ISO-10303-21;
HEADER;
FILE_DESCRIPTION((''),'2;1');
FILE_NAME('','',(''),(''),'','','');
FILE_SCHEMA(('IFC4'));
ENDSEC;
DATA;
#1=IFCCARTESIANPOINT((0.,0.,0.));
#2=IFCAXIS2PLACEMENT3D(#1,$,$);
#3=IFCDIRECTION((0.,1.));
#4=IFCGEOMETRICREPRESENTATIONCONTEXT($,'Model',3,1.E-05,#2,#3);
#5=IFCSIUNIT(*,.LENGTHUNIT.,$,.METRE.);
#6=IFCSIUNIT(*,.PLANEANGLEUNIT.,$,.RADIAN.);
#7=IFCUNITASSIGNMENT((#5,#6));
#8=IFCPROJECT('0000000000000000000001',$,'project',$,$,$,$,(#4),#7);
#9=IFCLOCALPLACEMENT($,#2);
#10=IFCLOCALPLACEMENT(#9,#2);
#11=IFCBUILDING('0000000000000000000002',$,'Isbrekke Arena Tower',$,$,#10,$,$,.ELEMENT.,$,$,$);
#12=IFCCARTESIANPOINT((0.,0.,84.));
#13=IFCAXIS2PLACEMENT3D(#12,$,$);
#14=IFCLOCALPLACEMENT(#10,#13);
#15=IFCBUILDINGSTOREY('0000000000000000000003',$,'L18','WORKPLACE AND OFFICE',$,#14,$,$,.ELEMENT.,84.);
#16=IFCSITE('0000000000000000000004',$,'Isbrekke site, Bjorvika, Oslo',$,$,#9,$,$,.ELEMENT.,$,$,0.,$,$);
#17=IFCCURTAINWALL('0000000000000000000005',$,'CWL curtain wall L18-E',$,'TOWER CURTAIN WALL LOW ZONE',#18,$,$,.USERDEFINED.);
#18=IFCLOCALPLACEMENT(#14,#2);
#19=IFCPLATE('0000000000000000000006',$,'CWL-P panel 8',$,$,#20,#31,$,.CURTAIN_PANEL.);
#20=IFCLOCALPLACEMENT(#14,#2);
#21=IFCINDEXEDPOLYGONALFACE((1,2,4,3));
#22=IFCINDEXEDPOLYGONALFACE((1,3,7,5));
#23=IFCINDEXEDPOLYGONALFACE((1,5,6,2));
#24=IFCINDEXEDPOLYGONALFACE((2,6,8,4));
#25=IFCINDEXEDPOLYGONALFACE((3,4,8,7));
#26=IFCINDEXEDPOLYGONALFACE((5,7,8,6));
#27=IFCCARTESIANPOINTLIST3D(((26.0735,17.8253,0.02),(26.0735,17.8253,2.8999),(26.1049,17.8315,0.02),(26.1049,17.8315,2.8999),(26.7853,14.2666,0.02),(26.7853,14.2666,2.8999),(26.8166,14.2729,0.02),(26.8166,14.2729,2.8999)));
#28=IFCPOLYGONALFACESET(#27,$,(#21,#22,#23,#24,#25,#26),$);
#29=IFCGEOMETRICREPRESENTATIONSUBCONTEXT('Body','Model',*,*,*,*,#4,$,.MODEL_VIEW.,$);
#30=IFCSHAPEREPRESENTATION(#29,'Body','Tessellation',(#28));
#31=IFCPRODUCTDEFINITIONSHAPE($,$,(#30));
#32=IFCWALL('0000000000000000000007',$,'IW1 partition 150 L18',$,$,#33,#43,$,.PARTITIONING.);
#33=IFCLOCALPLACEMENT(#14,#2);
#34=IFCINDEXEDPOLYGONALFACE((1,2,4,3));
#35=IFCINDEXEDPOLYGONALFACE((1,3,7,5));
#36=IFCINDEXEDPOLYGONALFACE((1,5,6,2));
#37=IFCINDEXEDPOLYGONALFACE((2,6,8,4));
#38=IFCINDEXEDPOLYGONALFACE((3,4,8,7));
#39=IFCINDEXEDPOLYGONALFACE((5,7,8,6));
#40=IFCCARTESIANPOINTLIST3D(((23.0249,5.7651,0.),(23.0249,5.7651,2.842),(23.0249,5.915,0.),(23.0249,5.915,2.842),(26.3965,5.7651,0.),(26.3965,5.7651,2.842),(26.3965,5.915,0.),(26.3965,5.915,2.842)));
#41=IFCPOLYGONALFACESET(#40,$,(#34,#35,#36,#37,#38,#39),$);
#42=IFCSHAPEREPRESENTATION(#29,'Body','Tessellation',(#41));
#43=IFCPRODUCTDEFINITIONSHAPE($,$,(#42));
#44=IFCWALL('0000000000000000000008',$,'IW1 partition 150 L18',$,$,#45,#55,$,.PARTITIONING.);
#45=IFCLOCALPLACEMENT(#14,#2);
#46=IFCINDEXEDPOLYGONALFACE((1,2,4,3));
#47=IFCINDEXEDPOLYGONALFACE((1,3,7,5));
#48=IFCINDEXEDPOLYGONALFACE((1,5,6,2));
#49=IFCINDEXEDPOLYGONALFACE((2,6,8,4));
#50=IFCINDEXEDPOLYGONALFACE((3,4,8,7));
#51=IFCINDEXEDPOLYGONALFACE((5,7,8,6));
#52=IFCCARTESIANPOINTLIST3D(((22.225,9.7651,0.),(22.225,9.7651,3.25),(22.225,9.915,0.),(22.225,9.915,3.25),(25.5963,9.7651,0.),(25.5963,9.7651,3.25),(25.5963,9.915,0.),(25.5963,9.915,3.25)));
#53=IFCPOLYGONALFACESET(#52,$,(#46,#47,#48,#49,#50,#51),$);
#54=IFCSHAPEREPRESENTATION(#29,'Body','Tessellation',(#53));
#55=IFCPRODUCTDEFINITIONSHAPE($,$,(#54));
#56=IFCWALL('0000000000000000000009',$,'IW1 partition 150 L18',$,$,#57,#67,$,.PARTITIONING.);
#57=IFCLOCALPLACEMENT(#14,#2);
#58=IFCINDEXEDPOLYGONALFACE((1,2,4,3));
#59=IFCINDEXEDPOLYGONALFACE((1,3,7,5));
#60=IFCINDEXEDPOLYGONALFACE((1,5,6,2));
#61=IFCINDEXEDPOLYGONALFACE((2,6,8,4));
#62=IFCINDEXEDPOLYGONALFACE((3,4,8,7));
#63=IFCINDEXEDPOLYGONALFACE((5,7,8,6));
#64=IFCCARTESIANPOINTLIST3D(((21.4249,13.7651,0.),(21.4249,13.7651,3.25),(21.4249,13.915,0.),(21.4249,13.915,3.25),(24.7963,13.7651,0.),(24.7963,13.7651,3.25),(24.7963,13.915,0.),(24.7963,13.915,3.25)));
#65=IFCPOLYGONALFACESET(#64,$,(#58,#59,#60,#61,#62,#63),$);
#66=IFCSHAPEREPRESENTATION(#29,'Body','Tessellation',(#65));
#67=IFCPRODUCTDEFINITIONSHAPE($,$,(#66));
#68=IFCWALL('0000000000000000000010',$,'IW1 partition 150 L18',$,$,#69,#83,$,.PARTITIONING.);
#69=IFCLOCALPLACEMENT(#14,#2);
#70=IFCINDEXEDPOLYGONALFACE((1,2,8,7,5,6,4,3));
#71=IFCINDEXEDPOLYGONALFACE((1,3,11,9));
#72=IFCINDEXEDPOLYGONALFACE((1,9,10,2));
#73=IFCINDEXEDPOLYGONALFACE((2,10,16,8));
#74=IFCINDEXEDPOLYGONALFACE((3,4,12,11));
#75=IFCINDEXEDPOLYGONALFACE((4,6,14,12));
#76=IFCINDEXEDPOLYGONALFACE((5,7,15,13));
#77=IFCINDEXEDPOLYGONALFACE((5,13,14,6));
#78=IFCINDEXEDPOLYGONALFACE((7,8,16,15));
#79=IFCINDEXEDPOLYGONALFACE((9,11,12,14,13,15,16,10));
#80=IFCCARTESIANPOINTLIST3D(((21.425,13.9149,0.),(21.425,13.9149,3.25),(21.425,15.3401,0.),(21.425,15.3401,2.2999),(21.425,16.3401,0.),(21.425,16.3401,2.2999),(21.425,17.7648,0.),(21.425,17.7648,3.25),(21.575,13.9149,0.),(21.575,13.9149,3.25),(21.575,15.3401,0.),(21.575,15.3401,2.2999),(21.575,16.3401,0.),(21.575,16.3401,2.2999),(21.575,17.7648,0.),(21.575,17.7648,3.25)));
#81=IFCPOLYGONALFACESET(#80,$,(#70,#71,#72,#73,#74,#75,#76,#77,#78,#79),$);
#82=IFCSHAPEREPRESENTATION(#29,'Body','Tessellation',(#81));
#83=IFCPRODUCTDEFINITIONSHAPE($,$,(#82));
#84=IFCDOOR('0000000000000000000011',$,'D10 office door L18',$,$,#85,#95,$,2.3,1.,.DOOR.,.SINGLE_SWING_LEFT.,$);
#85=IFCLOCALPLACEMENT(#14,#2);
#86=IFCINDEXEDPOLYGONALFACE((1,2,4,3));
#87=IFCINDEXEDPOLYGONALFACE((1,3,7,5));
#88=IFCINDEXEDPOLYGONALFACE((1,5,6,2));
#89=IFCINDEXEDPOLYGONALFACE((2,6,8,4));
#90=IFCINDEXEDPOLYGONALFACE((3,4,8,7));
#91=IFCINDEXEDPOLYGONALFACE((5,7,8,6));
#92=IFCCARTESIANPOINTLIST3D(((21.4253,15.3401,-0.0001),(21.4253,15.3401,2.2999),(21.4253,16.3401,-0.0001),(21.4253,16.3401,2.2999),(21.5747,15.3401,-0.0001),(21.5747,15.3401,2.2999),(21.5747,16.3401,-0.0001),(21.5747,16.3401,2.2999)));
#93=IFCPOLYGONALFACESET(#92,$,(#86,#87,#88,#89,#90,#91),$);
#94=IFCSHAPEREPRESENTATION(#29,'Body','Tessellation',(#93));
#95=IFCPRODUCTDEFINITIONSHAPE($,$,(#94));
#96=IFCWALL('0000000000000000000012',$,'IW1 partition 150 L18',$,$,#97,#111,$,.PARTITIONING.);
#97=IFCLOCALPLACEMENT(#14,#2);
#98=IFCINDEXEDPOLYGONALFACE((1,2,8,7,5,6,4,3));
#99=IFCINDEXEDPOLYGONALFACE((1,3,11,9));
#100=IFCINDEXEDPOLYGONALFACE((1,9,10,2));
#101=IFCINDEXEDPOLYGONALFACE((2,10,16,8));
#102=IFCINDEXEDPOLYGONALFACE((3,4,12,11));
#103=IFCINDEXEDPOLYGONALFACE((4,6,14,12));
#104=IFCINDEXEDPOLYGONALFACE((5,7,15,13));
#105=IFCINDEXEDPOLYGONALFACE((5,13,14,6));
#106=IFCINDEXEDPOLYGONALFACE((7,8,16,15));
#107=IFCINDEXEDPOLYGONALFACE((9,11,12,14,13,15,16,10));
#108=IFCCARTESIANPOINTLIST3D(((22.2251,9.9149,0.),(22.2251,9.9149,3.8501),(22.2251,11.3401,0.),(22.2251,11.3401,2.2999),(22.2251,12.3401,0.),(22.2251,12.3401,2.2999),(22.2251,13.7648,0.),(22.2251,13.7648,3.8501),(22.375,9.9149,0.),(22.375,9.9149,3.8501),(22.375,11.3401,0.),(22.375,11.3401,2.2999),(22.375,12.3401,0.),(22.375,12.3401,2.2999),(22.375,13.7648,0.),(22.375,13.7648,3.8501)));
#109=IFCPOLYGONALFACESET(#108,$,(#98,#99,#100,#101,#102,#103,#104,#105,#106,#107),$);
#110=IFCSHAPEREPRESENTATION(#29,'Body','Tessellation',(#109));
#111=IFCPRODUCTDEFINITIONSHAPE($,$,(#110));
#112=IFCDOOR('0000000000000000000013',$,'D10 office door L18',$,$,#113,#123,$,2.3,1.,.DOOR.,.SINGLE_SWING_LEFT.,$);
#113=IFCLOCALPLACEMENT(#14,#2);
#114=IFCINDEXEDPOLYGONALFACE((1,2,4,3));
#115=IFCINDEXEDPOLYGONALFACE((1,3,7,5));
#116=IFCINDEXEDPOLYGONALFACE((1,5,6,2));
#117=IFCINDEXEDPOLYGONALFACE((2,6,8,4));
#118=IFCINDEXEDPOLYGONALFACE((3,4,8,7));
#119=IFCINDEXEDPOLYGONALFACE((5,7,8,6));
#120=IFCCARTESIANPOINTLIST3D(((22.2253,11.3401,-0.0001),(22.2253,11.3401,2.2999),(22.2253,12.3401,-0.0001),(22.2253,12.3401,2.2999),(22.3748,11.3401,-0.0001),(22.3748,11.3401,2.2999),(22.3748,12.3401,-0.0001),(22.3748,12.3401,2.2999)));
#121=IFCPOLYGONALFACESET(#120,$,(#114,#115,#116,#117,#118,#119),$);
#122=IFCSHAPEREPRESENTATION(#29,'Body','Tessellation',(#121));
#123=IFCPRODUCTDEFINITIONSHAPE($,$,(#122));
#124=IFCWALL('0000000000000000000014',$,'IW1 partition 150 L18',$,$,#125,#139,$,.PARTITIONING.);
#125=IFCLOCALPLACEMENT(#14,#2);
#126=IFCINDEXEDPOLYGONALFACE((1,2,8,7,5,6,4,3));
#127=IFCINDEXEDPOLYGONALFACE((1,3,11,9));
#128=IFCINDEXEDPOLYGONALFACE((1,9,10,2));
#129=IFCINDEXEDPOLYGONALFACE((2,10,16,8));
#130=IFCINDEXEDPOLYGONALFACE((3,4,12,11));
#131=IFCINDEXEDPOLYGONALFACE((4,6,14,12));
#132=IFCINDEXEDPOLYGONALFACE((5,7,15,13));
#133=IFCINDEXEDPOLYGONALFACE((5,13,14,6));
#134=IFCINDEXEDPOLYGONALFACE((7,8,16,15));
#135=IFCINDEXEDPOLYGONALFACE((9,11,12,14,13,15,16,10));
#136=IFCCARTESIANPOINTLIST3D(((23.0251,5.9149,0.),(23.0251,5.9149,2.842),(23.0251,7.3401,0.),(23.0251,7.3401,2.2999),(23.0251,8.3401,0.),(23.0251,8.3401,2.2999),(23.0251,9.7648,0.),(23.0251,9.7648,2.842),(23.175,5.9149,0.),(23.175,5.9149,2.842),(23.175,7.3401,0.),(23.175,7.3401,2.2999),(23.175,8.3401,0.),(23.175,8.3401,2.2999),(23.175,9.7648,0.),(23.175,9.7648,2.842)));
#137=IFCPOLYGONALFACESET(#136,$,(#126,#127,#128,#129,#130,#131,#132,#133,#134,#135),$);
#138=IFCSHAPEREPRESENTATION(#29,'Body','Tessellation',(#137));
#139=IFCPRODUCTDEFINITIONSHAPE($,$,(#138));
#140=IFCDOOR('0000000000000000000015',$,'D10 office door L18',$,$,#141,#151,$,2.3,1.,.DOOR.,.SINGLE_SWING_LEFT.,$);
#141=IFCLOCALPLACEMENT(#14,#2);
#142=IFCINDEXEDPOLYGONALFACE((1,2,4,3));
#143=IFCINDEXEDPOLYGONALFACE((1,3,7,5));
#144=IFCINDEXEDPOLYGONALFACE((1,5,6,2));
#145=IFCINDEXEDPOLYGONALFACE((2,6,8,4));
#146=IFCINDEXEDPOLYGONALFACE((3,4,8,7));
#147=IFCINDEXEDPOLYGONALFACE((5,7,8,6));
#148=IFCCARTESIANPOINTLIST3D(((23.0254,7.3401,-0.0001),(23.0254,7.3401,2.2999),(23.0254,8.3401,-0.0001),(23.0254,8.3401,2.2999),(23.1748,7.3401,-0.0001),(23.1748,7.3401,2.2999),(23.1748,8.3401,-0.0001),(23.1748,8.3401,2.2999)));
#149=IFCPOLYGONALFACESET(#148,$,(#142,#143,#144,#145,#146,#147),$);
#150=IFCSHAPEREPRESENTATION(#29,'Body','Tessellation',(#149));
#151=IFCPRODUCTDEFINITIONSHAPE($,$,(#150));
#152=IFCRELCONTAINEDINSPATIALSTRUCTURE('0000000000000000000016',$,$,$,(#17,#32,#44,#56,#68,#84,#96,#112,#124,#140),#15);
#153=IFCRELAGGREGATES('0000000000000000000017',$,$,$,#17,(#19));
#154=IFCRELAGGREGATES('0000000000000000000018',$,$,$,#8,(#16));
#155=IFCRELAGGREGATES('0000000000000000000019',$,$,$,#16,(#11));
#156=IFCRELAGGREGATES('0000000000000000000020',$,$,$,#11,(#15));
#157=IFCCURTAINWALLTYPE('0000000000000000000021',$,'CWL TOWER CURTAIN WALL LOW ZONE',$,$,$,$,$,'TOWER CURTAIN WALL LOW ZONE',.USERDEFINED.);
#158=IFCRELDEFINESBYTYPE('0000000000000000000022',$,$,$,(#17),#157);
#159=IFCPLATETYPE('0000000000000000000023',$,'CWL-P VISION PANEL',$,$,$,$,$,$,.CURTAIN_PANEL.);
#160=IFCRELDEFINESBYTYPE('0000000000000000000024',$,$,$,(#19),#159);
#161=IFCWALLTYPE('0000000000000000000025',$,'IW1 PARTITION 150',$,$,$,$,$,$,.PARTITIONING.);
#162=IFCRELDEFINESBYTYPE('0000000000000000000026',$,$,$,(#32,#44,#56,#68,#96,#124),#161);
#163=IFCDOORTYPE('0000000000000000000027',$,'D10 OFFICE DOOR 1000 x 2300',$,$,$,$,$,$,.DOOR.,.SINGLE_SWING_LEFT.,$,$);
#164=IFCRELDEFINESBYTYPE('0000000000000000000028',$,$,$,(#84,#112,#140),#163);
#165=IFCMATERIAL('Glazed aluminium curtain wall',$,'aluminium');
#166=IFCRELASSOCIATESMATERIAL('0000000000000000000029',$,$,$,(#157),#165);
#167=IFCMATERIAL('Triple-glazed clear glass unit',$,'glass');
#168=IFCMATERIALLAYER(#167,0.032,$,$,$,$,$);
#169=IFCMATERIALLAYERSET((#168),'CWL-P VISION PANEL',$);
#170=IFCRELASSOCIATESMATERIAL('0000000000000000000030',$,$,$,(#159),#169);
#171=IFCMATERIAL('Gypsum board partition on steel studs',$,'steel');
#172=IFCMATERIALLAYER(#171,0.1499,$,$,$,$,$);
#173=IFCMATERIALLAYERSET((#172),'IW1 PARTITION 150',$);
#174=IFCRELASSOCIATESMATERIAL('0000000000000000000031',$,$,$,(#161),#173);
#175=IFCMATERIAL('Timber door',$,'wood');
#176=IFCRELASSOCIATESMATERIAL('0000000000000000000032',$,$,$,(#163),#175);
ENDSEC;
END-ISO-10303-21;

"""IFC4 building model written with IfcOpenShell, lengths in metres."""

from ifc_helpers import new_model, si_unit, direction, frame, frame_2d, origin, origin_2d, place, context, subcontext, project, spatial, rectangle, extrude, material, layer, layer_set, type_object, element, fill, aggregate, save


model = new_model("IFC4")

# Units and contexts
model_context = context("Model", 3, precision=1e-05, world=origin(), true_north=direction((0.0, 1.0)))
body_context = subcontext(model_context, "Body", "Model", "MODEL_VIEW")
ifc_project = project(units=[si_unit("LENGTHUNIT", "METRE"), si_unit("PLANEANGLEUNIT", "RADIAN")], contexts=[model_context])

# Site, building, storey
site_placement = place(None, origin())
site = spatial("IfcSite", under=ifc_project, at=site_placement, Name="Isbrekke site, Bjorvika, Oslo", CompositionType="ELEMENT", RefElevation=0.0)
building_placement = place(site_placement, origin())
building = spatial("IfcBuilding", under=site, at=building_placement, Name="Isbrekke Arena Tower", CompositionType="ELEMENT")
storey_placement = place(building_placement, frame((0.0, 0.0, 84.0)))
storey = spatial("IfcBuildingStorey", under=building, at=storey_placement, Name="L18", Description="WORKPLACE AND OFFICE", CompositionType="ELEMENT", Elevation=84.0)

# Curtain wall
ifc_material_1 = material(Name="Glazed aluminium curtain wall", Category="aluminium")
curtain_wall_type = type_object("IfcCurtainWallType", Name="CWL TOWER CURTAIN WALL LOW ZONE", ElementType="TOWER CURTAIN WALL LOW ZONE", PredefinedType="USERDEFINED", material=ifc_material_1)
curtain_wall_placement = place(storey_placement, origin())
curtain_wall = element("IfcCurtainWall", 1, at=curtain_wall_placement, inside=storey, type_object=curtain_wall_type, Name="CWL curtain wall L18-E", ObjectType="TOWER CURTAIN WALL LOW ZONE", PredefinedType="USERDEFINED")

# Plate
ifc_material_2 = material(Name="Triple-glazed clear glass unit", Category="glass")
ifc_layer_1 = layer(ifc_material_2, 0.032)
ifc_layer_set_1 = layer_set([ifc_layer_1], Name="CWL-P VISION PANEL")
plate_type = type_object("IfcPlateType", Name="CWL-P VISION PANEL", PredefinedType="CURTAIN_PANEL", material=ifc_layer_set_1)
plate_1_placement = place(storey_placement, frame((26.4451, 16.0491, 0.02), z_axis=(0.0, 0.0, 1.0), x_axis=(-0.196116, 0.980581, 0.0)))
plate_1 = element("IfcPlate", 2, at=plate_1_placement, type_object=plate_type, Name="CWL-P panel 8", PredefinedType="CURTAIN_PANEL", context=body_context, shape_type="SweptSolid", body=[
    extrude(rectangle(XDim=3.6292, YDim=0.032, at=origin_2d()), origin(), (0.0, 0.0, 1.0), 2.8799),
])
aggregate(curtain_wall, [plate_1])

# Walls
ifc_material_3 = material(Name="Gypsum board partition on steel studs", Category="steel")
ifc_layer_2 = layer(ifc_material_3, 0.1499)
ifc_layer_set_2 = layer_set([ifc_layer_2], Name="IW1 PARTITION 150")
wall_type = type_object("IfcWallType", Name="IW1 PARTITION 150", PredefinedType="PARTITIONING", material=ifc_layer_set_2)
wall_1_placement = place(storey_placement, frame((23.0249, 5.8401, 0.0), z_axis=(0.0, 0.0, 1.0), x_axis=(1.0, 0.0, 0.0)))
element("IfcWall", 3, at=wall_1_placement, inside=storey, type_object=wall_type, Name="IW1 partition 150 L18", PredefinedType="PARTITIONING", context=body_context, shape_type="SweptSolid", body=[
    extrude(rectangle(XDim=3.3716, YDim=0.1499, at=frame_2d((1.6858, 0.0))), origin(), (0.0, 0.0, 1.0), 2.842),
])
for number, where, z_axis, x_axis, name in (
    (4, (22.2251, 9.8401, 0.0), (0.0, 0.0, 1.0), (1.0, 0.0, 0.0), "IW1 partition 150 L18"),
    (5, (21.425, 13.8401, 0.0), (0.0, 0.0, 1.0), (1.0, 0.0, 0.0), "IW1 partition 150 L18"),
):
    element("IfcWall", number, at=place(storey_placement, frame(where, z_axis=z_axis, x_axis=x_axis)), inside=storey, type_object=wall_type, Name=name, PredefinedType="PARTITIONING", context=body_context, shape_type="SweptSolid", body=[
        extrude(rectangle(XDim=3.3713, YDim=0.1499, at=frame_2d((1.6855, 0.0))), origin(), (0.0, 0.0, 1.0), 3.25),
    ])

# Walls, openings, doors
wall_2_placement = place(storey_placement, frame((21.5, 13.915, 0.0), z_axis=(0.0, 0.0, 1.0), x_axis=(0.0, 1.0, 0.0)))
wall_2 = element("IfcWall", 6, at=wall_2_placement, inside=storey, type_object=wall_type, Name="IW1 partition 150 L18", PredefinedType="PARTITIONING", context=body_context, shape_type="SweptSolid", body=[
    extrude(rectangle(XDim=3.8499, YDim=0.1499, at=frame_2d((1.9248, 0.0))), origin(), (0.0, 0.0, 1.0), 3.25),
])
opening_1_placement = place(wall_2_placement, frame((1.425, 0.0, 0.0)))
opening_1 = element("IfcOpeningElement", 7, at=opening_1_placement, cuts=wall_2, PredefinedType="OPENING", context=body_context, shape_type="SweptSolid", body=[
    extrude(rectangle(XDim=1.0, YDim=2.3, at=frame_2d((0.5, 1.1499))), frame((0.0, 0.0898, 0.0), z_axis=(0.0, -1.0, 0.0), x_axis=(1.0, 0.0, 0.0)), (0.0, 0.0, 1.0), 0.1797),
])
ifc_material_4 = material(Name="Timber door", Category="wood")
door_type = type_object("IfcDoorType", Name="D10 OFFICE DOOR 1000 x 2300", OperationType="SINGLE_SWING_LEFT", PredefinedType="DOOR", material=ifc_material_4)
door_1_placement = place(opening_1_placement, origin())
door_1 = element("IfcDoor", 8, at=door_1_placement, inside=storey, type_object=door_type, Name="D10 office door L18", OperationType="SINGLE_SWING_LEFT", OverallHeight=2.3, OverallWidth=1.0, PredefinedType="DOOR", context=body_context, shape_type="SweptSolid", body=[
    extrude(rectangle(XDim=1.0, YDim=2.3, at=frame_2d((0.5, 1.1499))), frame((0.0, 0.0747, 0.0), z_axis=(0.0, -1.0, 0.0), x_axis=(1.0, 0.0, 0.0)), (0.0, 0.0, 1.0), 0.1494),
])
fill(opening_1, door_1)
wall_3_placement = place(storey_placement, frame((22.3, 9.915, 0.0), z_axis=(0.0, 0.0, 1.0), x_axis=(0.0, 1.0, 0.0)))
wall_3 = element("IfcWall", 9, at=wall_3_placement, inside=storey, type_object=wall_type, Name="IW1 partition 150 L18", PredefinedType="PARTITIONING", context=body_context, shape_type="SweptSolid", body=[
    extrude(rectangle(XDim=3.8499, YDim=0.1499, at=frame_2d((1.9248, 0.0))), origin(), (0.0, 0.0, 1.0), 3.8501),
])
opening_2_placement = place(wall_3_placement, frame((1.425, 0.0, 0.0)))
opening_2 = element("IfcOpeningElement", 10, at=opening_2_placement, cuts=wall_3, PredefinedType="OPENING", context=body_context, shape_type="SweptSolid", body=[
    extrude(rectangle(XDim=1.0, YDim=2.3, at=frame_2d((0.5, 1.1499))), frame((0.0, 0.0898, 0.0), z_axis=(0.0, -1.0, 0.0), x_axis=(1.0, 0.0, 0.0)), (0.0, 0.0, 1.0), 0.1797),
])
door_2_placement = place(opening_2_placement, origin())
door_2 = element("IfcDoor", 11, at=door_2_placement, inside=storey, type_object=door_type, Name="D10 office door L18", OperationType="SINGLE_SWING_LEFT", OverallHeight=2.3, OverallWidth=1.0, PredefinedType="DOOR", context=body_context, shape_type="SweptSolid", body=[
    extrude(rectangle(XDim=1.0, YDim=2.3, at=frame_2d((0.5, 1.1499))), frame((0.0, 0.0747, 0.0), z_axis=(0.0, -1.0, 0.0), x_axis=(1.0, 0.0, 0.0)), (0.0, 0.0, 1.0), 0.1494),
])
fill(opening_2, door_2)
wall_4_placement = place(storey_placement, frame((23.1001, 5.915, 0.0), z_axis=(0.0, 0.0, 1.0), x_axis=(0.0, 1.0, 0.0)))
wall_4 = element("IfcWall", 12, at=wall_4_placement, inside=storey, type_object=wall_type, Name="IW1 partition 150 L18", PredefinedType="PARTITIONING", context=body_context, shape_type="SweptSolid", body=[
    extrude(rectangle(XDim=3.8499, YDim=0.1499, at=frame_2d((1.9248, 0.0))), origin(), (0.0, 0.0, 1.0), 2.842),
])
opening_3_placement = place(wall_4_placement, frame((1.425, 0.0, 0.0)))
opening_3 = element("IfcOpeningElement", 13, at=opening_3_placement, cuts=wall_4, PredefinedType="OPENING", context=body_context, shape_type="SweptSolid", body=[
    extrude(rectangle(XDim=1.0, YDim=2.3, at=frame_2d((0.5, 1.1499))), frame((0.0, 0.0898, 0.0), z_axis=(0.0, -1.0, 0.0), x_axis=(1.0, 0.0, 0.0)), (0.0, 0.0, 1.0), 0.1797),
])
door_3_placement = place(opening_3_placement, origin())
door_3 = element("IfcDoor", 14, at=door_3_placement, inside=storey, type_object=door_type, Name="D10 office door L18", OperationType="SINGLE_SWING_LEFT", OverallHeight=2.3, OverallWidth=1.0, PredefinedType="DOOR", context=body_context, shape_type="SweptSolid", body=[
    extrude(rectangle(XDim=1.0, YDim=2.3, at=frame_2d((0.5, 1.1499))), frame((0.0, 0.0747, 0.0), z_axis=(0.0, -1.0, 0.0), x_axis=(1.0, 0.0, 0.0)), (0.0, 0.0, 1.0), 0.1494),
])
fill(opening_3, door_3)

save(model, "model.ifc")
